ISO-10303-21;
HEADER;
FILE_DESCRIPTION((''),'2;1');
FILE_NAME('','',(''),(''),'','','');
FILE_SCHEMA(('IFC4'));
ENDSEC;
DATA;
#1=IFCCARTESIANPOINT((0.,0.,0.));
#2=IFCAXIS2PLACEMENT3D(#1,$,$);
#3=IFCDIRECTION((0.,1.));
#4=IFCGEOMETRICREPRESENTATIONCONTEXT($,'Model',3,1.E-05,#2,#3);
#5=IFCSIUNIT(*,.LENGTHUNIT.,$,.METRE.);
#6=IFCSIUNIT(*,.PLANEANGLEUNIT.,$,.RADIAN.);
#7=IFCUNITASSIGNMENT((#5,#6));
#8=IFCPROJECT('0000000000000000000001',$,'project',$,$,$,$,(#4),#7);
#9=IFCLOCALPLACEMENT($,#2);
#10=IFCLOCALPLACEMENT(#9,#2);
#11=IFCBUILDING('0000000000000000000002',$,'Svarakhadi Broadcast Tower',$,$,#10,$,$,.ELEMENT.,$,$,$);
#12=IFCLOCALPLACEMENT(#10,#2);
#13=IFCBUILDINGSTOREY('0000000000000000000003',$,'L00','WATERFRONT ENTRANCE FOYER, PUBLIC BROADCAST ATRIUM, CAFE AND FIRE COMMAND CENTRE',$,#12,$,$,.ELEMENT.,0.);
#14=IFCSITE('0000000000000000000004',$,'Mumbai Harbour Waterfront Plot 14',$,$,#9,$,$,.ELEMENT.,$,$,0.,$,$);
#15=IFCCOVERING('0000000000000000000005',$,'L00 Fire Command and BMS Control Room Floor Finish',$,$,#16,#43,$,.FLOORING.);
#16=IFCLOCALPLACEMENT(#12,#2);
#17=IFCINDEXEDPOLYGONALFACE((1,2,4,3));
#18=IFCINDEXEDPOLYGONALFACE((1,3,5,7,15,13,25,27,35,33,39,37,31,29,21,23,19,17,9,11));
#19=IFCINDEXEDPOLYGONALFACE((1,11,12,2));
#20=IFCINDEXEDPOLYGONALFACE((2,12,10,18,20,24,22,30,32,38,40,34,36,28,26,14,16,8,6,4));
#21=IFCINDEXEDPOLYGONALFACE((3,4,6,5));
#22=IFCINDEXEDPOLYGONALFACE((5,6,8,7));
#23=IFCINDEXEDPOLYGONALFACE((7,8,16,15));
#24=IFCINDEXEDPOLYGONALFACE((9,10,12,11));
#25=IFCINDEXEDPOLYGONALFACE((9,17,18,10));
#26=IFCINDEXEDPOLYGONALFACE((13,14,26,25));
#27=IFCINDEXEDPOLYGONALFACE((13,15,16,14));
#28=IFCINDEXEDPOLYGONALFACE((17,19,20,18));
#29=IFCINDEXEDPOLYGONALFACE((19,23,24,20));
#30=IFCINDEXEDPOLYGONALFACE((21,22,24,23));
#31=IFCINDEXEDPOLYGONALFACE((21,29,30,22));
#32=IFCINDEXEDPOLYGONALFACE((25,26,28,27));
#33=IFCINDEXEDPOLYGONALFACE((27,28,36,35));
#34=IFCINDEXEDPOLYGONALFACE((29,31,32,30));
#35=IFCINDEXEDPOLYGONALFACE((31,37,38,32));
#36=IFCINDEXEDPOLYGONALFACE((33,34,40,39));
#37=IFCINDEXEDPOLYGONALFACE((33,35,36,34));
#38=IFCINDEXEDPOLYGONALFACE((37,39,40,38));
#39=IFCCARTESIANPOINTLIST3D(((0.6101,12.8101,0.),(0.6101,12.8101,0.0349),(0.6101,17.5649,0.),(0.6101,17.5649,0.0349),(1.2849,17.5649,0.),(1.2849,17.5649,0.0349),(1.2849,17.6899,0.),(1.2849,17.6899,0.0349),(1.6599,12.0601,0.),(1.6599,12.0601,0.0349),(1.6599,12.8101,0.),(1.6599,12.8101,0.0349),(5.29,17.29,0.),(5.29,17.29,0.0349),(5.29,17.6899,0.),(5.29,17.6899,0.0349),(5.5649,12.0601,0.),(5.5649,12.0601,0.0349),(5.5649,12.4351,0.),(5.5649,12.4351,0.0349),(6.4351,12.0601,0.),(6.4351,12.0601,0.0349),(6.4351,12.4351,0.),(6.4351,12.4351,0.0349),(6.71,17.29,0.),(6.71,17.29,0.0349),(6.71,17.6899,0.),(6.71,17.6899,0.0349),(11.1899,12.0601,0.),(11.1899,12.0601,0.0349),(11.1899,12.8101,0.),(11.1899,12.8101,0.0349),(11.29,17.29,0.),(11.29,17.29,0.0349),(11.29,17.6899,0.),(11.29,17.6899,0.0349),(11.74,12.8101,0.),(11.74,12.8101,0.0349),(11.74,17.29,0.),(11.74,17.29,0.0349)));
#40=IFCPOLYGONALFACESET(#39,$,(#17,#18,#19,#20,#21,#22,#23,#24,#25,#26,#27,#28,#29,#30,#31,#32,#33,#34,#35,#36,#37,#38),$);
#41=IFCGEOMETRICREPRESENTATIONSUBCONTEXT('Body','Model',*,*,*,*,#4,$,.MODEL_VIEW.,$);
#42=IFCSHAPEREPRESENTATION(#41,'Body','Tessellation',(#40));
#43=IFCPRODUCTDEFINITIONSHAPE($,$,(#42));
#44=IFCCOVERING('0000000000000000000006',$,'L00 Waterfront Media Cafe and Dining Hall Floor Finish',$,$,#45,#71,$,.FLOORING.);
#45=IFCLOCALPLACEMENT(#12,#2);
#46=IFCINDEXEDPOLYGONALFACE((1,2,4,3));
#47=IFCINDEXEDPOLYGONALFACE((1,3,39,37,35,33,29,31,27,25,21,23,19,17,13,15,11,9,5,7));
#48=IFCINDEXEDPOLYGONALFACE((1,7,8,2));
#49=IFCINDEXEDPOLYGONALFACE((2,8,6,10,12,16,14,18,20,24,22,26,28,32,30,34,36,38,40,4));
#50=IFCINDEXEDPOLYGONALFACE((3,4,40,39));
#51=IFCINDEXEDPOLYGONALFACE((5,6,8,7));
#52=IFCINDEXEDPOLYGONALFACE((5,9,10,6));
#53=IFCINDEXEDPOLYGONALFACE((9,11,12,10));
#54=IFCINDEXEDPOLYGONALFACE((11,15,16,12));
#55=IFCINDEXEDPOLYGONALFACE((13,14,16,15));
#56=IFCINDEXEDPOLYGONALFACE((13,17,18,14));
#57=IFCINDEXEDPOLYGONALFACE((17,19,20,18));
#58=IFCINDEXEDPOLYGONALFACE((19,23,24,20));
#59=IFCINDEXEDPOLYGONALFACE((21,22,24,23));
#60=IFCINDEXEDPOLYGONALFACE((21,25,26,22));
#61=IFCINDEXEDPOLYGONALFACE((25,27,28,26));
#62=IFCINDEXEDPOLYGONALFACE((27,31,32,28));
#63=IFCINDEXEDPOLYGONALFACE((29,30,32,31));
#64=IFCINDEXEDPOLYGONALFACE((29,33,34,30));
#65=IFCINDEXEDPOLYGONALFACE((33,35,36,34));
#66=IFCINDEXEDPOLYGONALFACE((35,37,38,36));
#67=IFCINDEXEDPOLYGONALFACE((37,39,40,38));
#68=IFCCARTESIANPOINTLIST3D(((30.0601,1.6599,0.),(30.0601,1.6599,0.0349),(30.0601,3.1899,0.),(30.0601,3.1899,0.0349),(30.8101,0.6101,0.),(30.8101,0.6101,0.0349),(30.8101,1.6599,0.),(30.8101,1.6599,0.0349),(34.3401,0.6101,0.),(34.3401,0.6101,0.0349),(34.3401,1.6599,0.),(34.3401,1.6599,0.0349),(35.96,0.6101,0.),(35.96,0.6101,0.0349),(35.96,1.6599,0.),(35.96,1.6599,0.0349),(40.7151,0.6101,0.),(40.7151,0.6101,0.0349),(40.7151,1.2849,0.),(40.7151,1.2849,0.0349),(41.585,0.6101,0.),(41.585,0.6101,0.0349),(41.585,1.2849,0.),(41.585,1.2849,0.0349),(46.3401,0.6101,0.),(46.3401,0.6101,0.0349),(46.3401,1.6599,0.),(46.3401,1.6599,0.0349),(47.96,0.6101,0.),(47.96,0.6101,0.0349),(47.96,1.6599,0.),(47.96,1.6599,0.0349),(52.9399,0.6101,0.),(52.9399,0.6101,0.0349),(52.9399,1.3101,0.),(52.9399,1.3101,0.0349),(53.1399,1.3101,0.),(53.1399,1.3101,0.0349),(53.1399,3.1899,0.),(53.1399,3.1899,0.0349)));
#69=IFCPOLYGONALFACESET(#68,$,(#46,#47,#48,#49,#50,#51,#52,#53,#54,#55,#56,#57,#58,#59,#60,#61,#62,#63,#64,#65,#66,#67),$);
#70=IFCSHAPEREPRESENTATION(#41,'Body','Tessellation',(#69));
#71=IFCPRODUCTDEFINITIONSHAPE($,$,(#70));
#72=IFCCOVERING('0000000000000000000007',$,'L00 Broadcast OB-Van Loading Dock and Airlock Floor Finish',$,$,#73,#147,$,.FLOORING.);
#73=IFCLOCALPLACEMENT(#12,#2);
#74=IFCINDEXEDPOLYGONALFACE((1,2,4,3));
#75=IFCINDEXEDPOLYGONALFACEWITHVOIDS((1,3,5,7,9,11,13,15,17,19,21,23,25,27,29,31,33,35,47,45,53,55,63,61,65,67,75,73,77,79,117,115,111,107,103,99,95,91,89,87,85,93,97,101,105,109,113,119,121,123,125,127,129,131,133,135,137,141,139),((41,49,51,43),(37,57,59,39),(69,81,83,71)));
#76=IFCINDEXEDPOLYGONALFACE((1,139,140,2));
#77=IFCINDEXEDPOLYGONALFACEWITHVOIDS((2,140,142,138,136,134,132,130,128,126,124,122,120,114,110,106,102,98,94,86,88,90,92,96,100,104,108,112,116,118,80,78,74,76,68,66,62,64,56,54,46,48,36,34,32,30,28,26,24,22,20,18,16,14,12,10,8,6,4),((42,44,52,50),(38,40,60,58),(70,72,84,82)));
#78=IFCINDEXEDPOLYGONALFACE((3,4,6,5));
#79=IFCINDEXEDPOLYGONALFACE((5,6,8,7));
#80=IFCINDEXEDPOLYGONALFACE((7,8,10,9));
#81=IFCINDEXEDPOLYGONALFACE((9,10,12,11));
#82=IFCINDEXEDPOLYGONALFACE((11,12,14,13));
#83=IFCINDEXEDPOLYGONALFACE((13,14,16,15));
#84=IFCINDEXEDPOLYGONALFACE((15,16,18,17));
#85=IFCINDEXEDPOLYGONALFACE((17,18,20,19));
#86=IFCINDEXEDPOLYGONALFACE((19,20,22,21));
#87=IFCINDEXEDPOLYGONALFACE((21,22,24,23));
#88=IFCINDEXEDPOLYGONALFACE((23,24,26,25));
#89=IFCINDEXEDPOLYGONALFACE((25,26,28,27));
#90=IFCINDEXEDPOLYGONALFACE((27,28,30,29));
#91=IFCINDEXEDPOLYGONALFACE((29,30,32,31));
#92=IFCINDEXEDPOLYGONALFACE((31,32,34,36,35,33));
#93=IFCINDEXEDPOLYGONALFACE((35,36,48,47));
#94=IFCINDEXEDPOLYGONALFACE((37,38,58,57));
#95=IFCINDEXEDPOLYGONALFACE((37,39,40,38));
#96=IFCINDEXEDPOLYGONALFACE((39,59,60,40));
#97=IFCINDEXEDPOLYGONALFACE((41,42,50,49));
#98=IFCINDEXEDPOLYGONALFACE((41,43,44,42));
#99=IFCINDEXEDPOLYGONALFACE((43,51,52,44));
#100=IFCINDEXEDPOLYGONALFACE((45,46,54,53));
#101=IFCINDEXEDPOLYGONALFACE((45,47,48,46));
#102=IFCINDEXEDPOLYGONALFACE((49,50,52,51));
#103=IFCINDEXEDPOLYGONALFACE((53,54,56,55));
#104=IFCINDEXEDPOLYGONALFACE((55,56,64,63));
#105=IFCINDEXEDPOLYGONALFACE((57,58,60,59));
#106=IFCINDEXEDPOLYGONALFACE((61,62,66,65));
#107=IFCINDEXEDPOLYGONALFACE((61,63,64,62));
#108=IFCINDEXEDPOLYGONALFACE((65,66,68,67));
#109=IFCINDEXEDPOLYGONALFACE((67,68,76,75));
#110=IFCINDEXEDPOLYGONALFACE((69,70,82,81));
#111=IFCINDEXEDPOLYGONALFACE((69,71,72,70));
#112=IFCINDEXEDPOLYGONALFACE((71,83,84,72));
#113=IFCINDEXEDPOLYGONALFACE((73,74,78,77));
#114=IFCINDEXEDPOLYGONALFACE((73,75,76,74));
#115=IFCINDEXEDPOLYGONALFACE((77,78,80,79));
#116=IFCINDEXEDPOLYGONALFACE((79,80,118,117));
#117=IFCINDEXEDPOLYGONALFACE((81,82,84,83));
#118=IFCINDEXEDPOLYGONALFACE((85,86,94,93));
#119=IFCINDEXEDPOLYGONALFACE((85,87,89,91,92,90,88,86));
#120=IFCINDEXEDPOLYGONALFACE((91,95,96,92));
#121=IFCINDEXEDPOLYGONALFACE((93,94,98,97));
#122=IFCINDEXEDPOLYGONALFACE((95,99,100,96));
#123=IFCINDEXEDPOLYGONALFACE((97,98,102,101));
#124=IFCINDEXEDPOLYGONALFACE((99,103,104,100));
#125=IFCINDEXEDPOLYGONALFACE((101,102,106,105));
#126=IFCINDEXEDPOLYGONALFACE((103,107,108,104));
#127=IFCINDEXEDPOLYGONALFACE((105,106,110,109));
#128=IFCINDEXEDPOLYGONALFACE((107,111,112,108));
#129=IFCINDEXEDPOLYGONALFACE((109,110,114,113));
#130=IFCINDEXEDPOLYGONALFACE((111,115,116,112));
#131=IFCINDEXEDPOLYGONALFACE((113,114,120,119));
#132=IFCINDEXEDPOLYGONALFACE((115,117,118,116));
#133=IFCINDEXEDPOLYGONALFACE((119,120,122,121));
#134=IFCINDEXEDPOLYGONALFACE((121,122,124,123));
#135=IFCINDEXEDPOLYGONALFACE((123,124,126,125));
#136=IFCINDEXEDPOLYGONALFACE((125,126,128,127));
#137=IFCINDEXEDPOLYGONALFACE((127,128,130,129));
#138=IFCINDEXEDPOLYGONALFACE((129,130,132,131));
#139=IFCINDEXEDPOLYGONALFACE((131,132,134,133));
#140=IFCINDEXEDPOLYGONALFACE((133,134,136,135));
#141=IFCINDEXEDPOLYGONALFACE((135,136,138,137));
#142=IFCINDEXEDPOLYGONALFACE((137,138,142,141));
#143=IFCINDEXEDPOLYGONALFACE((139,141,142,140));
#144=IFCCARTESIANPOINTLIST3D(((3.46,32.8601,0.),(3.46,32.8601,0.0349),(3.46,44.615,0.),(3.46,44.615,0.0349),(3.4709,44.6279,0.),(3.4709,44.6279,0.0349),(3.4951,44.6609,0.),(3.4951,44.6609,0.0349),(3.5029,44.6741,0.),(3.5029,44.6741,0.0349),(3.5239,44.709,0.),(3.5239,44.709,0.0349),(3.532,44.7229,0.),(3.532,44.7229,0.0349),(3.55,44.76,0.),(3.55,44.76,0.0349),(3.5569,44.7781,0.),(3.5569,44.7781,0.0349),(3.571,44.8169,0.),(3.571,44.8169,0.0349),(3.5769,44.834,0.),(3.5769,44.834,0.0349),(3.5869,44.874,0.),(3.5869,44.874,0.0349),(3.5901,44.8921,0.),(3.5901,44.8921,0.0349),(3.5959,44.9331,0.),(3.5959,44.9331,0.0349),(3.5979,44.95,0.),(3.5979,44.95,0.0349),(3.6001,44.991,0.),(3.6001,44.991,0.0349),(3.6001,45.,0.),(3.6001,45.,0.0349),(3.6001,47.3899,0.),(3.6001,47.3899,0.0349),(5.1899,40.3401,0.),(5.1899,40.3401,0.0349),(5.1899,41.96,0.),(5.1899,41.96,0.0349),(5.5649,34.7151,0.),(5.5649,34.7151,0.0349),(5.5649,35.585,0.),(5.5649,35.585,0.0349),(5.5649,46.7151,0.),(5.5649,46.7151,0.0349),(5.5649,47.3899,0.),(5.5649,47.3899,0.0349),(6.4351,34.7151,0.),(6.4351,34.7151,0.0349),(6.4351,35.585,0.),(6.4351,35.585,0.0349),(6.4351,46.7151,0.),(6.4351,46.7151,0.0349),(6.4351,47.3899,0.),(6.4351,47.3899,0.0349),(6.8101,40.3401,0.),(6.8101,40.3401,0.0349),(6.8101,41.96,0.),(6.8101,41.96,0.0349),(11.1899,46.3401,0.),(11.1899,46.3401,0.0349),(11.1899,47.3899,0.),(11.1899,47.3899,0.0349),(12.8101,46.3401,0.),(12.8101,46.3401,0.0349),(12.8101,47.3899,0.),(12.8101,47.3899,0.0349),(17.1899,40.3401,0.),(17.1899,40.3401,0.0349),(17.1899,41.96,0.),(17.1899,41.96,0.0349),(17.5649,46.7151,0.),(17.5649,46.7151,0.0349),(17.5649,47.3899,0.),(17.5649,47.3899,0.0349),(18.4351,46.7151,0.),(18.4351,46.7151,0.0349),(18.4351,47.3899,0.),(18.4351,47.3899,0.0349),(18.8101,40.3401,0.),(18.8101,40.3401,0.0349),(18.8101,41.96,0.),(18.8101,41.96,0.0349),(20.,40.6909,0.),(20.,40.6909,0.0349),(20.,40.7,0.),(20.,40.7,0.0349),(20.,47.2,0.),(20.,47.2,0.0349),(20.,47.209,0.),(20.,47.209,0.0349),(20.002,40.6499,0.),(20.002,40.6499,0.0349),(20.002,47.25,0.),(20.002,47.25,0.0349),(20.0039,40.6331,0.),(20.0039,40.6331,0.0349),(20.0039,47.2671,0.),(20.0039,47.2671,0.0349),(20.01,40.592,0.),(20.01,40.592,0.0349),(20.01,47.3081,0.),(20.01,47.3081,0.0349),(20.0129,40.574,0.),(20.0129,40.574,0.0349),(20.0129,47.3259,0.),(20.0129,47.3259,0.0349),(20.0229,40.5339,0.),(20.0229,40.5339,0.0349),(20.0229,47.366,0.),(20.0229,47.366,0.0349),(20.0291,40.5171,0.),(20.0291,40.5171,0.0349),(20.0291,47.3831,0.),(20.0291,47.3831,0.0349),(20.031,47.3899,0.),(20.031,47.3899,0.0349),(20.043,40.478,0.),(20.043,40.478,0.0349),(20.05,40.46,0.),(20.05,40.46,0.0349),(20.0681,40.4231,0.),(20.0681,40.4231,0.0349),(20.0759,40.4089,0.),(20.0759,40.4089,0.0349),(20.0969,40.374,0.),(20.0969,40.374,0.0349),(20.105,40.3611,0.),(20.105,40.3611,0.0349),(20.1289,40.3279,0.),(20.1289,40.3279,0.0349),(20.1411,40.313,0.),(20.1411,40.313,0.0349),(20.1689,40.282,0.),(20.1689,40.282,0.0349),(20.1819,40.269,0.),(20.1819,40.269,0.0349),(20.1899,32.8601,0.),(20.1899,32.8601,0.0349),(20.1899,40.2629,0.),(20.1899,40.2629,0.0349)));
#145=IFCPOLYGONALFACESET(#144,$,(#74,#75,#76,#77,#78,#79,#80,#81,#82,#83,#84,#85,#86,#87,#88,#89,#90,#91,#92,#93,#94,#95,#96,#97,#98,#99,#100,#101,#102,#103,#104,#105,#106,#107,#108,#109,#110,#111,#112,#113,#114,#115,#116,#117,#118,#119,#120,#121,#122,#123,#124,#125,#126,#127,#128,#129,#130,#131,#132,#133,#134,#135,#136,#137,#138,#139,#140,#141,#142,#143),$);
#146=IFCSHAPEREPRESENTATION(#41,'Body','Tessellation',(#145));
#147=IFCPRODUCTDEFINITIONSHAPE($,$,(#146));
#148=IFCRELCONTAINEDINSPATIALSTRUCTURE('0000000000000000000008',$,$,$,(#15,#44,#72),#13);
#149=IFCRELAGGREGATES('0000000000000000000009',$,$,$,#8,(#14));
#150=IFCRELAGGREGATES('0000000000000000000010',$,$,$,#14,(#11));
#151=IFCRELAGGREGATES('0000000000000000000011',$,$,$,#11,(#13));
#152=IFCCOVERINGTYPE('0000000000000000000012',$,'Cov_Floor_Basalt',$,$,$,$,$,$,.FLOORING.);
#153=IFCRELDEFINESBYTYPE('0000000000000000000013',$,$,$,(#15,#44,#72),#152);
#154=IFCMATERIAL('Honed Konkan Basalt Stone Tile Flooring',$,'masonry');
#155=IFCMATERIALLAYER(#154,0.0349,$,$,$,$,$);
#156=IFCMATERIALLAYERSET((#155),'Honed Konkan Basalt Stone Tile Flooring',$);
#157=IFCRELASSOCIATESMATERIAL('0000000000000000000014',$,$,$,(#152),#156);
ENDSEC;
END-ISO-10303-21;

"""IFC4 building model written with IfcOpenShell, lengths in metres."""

from ifc_helpers import new_model, si_unit, direction, origin, place, context, subcontext, project, spatial, polyline, outline, extrude, material, layer, layer_set, type_object, element, save


model = new_model("IFC4")

# Units and contexts
model_context = context("Model", 3, precision=1e-05, world=origin(), true_north=direction((0.0, 1.0)))
body_context = subcontext(model_context, "Body", "Model", "MODEL_VIEW")
ifc_project = project(units=[si_unit("LENGTHUNIT", "METRE"), si_unit("PLANEANGLEUNIT", "RADIAN")], contexts=[model_context])

# Site, building, storey
site_placement = place(None, origin())
site = spatial("IfcSite", under=ifc_project, at=site_placement, Name="Mumbai Harbour Waterfront Plot 14", CompositionType="ELEMENT", RefElevation=0.0)
building_placement = place(site_placement, origin())
building = spatial("IfcBuilding", under=site, at=building_placement, Name="Svarakhadi Broadcast Tower", CompositionType="ELEMENT")
storey_placement = place(building_placement, origin())
storey = spatial("IfcBuildingStorey", under=building, at=storey_placement, Name="L00", Description="WATERFRONT ENTRANCE FOYER, PUBLIC BROADCAST ATRIUM, CAFE AND FIRE COMMAND CENTRE", CompositionType="ELEMENT", Elevation=0.0)

# Coverings
ifc_material_1 = material(Name="Honed Konkan Basalt Stone Tile Flooring", Category="masonry")
ifc_layer_1 = layer(ifc_material_1, 0.0349)
ifc_layer_set_1 = layer_set([ifc_layer_1], Name="Honed Konkan Basalt Stone Tile Flooring")
covering_type_1 = type_object("IfcCoveringType", Name="Cov_Floor_Basalt", PredefinedType="FLOORING", material=ifc_layer_set_1)
covering_1_placement = place(storey_placement, origin())
element("IfcCovering", 1, at=covering_1_placement, inside=storey, type_object=covering_type_1, Name="L00 Fire Command and BMS Control Room Floor Finish", PredefinedType="FLOORING", context=body_context, shape_type="SweptSolid", body=[
    extrude(outline(polyline([(5.29, 17.6899), (5.29, 17.29), (6.71, 17.29), (6.71, 17.6899), (11.29, 17.6899), (11.29, 17.29), (11.74, 17.29), (11.74, 12.8101), (11.1899, 12.8101), (11.1899, 12.0601), (6.4351, 12.0601), (6.4351, 12.4351), (5.5649, 12.4351), (5.5649, 12.0601), (1.6599, 12.0601), (1.6599, 12.8101), (0.6101, 12.8101), (0.6101, 17.5649), (1.2849, 17.5649), (1.2849, 17.6899), (5.29, 17.6899)])), origin(), (0.0, 0.0, 1.0), 0.0349),
])
covering_2_placement = place(storey_placement, origin())
element("IfcCovering", 2, at=covering_2_placement, inside=storey, type_object=covering_type_1, Name="L00 Waterfront Media Cafe and Dining Hall Floor Finish", PredefinedType="FLOORING", context=body_context, shape_type="SweptSolid", body=[
    extrude(outline(polyline([(53.1399, 3.1899), (53.1399, 1.3101), (52.9399, 1.3101), (52.9399, 0.6101), (47.96, 0.6101), (47.96, 1.6599), (46.3401, 1.6599), (46.3401, 0.6101), (41.585, 0.6101), (41.585, 1.2849), (40.7151, 1.2849), (40.7151, 0.6101), (35.96, 0.6101), (35.96, 1.6599), (34.3401, 1.6599), (34.3401, 0.6101), (30.8101, 0.6101), (30.8101, 1.6599), (30.0601, 1.6599), (30.0601, 3.1899), (53.1399, 3.1899)])), origin(), (0.0, 0.0, 1.0), 0.0349),
])
covering_3_placement = place(storey_placement, origin())
element("IfcCovering", 3, at=covering_3_placement, inside=storey, type_object=covering_type_1, Name="L00 Broadcast OB-Van Loading Dock and Airlock Floor Finish", PredefinedType="FLOORING", context=body_context, shape_type="SweptSolid", body=[
    extrude(outline(polyline([(3.46, 44.615), (3.4709, 44.6279), (3.4951, 44.6609), (3.5029, 44.6741), (3.5239, 44.709), (3.532, 44.7229), (3.55, 44.76), (3.5569, 44.7781), (3.571, 44.8169), (3.5769, 44.834), (3.5869, 44.874), (3.5901, 44.8921), (3.5959, 44.9331), (3.5979, 44.95), (3.6001, 44.991), (3.6001, 45.0), (3.6001, 47.3899), (5.5649, 47.3899), (5.5649, 46.7151), (6.4351, 46.7151), (6.4351, 47.3899), (11.1899, 47.3899), (11.1899, 46.3401), (12.8101, 46.3401), (12.8101, 47.3899), (17.5649, 47.3899), (17.5649, 46.7151), (18.4351, 46.7151), (18.4351, 47.3899), (20.031, 47.3899), (20.0291, 47.3831), (20.0229, 47.366), (20.0129, 47.3259), (20.01, 47.3081), (20.0039, 47.2671), (20.002, 47.25), (20.0, 47.209), (20.0, 47.2), (20.0, 40.7), (20.0, 40.6909), (20.002, 40.6499), (20.0039, 40.6331), (20.01, 40.592), (20.0129, 40.574), (20.0229, 40.5339), (20.0291, 40.5171), (20.043, 40.478), (20.05, 40.46), (20.0681, 40.4231), (20.0759, 40.4089), (20.0969, 40.374), (20.105, 40.3611), (20.1289, 40.3279), (20.1411, 40.313), (20.1689, 40.282), (20.1819, 40.269), (20.1899, 40.2629), (20.1899, 32.8601), (3.46, 32.8601), (3.46, 44.615)]), holes=[polyline([(5.5649, 34.7151), (6.4351, 34.7151), (6.4351, 35.585), (5.5649, 35.585), (5.5649, 34.7151)]), polyline([(5.1899, 40.3401), (6.8101, 40.3401), (6.8101, 41.96), (5.1899, 41.96), (5.1899, 40.3401)]), polyline([(17.1899, 40.3401), (18.8101, 40.3401), (18.8101, 41.96), (17.1899, 41.96), (17.1899, 40.3401)])]), origin(), (0.0, 0.0, 1.0), 0.0349),
])

save(model, "model.ifc")
